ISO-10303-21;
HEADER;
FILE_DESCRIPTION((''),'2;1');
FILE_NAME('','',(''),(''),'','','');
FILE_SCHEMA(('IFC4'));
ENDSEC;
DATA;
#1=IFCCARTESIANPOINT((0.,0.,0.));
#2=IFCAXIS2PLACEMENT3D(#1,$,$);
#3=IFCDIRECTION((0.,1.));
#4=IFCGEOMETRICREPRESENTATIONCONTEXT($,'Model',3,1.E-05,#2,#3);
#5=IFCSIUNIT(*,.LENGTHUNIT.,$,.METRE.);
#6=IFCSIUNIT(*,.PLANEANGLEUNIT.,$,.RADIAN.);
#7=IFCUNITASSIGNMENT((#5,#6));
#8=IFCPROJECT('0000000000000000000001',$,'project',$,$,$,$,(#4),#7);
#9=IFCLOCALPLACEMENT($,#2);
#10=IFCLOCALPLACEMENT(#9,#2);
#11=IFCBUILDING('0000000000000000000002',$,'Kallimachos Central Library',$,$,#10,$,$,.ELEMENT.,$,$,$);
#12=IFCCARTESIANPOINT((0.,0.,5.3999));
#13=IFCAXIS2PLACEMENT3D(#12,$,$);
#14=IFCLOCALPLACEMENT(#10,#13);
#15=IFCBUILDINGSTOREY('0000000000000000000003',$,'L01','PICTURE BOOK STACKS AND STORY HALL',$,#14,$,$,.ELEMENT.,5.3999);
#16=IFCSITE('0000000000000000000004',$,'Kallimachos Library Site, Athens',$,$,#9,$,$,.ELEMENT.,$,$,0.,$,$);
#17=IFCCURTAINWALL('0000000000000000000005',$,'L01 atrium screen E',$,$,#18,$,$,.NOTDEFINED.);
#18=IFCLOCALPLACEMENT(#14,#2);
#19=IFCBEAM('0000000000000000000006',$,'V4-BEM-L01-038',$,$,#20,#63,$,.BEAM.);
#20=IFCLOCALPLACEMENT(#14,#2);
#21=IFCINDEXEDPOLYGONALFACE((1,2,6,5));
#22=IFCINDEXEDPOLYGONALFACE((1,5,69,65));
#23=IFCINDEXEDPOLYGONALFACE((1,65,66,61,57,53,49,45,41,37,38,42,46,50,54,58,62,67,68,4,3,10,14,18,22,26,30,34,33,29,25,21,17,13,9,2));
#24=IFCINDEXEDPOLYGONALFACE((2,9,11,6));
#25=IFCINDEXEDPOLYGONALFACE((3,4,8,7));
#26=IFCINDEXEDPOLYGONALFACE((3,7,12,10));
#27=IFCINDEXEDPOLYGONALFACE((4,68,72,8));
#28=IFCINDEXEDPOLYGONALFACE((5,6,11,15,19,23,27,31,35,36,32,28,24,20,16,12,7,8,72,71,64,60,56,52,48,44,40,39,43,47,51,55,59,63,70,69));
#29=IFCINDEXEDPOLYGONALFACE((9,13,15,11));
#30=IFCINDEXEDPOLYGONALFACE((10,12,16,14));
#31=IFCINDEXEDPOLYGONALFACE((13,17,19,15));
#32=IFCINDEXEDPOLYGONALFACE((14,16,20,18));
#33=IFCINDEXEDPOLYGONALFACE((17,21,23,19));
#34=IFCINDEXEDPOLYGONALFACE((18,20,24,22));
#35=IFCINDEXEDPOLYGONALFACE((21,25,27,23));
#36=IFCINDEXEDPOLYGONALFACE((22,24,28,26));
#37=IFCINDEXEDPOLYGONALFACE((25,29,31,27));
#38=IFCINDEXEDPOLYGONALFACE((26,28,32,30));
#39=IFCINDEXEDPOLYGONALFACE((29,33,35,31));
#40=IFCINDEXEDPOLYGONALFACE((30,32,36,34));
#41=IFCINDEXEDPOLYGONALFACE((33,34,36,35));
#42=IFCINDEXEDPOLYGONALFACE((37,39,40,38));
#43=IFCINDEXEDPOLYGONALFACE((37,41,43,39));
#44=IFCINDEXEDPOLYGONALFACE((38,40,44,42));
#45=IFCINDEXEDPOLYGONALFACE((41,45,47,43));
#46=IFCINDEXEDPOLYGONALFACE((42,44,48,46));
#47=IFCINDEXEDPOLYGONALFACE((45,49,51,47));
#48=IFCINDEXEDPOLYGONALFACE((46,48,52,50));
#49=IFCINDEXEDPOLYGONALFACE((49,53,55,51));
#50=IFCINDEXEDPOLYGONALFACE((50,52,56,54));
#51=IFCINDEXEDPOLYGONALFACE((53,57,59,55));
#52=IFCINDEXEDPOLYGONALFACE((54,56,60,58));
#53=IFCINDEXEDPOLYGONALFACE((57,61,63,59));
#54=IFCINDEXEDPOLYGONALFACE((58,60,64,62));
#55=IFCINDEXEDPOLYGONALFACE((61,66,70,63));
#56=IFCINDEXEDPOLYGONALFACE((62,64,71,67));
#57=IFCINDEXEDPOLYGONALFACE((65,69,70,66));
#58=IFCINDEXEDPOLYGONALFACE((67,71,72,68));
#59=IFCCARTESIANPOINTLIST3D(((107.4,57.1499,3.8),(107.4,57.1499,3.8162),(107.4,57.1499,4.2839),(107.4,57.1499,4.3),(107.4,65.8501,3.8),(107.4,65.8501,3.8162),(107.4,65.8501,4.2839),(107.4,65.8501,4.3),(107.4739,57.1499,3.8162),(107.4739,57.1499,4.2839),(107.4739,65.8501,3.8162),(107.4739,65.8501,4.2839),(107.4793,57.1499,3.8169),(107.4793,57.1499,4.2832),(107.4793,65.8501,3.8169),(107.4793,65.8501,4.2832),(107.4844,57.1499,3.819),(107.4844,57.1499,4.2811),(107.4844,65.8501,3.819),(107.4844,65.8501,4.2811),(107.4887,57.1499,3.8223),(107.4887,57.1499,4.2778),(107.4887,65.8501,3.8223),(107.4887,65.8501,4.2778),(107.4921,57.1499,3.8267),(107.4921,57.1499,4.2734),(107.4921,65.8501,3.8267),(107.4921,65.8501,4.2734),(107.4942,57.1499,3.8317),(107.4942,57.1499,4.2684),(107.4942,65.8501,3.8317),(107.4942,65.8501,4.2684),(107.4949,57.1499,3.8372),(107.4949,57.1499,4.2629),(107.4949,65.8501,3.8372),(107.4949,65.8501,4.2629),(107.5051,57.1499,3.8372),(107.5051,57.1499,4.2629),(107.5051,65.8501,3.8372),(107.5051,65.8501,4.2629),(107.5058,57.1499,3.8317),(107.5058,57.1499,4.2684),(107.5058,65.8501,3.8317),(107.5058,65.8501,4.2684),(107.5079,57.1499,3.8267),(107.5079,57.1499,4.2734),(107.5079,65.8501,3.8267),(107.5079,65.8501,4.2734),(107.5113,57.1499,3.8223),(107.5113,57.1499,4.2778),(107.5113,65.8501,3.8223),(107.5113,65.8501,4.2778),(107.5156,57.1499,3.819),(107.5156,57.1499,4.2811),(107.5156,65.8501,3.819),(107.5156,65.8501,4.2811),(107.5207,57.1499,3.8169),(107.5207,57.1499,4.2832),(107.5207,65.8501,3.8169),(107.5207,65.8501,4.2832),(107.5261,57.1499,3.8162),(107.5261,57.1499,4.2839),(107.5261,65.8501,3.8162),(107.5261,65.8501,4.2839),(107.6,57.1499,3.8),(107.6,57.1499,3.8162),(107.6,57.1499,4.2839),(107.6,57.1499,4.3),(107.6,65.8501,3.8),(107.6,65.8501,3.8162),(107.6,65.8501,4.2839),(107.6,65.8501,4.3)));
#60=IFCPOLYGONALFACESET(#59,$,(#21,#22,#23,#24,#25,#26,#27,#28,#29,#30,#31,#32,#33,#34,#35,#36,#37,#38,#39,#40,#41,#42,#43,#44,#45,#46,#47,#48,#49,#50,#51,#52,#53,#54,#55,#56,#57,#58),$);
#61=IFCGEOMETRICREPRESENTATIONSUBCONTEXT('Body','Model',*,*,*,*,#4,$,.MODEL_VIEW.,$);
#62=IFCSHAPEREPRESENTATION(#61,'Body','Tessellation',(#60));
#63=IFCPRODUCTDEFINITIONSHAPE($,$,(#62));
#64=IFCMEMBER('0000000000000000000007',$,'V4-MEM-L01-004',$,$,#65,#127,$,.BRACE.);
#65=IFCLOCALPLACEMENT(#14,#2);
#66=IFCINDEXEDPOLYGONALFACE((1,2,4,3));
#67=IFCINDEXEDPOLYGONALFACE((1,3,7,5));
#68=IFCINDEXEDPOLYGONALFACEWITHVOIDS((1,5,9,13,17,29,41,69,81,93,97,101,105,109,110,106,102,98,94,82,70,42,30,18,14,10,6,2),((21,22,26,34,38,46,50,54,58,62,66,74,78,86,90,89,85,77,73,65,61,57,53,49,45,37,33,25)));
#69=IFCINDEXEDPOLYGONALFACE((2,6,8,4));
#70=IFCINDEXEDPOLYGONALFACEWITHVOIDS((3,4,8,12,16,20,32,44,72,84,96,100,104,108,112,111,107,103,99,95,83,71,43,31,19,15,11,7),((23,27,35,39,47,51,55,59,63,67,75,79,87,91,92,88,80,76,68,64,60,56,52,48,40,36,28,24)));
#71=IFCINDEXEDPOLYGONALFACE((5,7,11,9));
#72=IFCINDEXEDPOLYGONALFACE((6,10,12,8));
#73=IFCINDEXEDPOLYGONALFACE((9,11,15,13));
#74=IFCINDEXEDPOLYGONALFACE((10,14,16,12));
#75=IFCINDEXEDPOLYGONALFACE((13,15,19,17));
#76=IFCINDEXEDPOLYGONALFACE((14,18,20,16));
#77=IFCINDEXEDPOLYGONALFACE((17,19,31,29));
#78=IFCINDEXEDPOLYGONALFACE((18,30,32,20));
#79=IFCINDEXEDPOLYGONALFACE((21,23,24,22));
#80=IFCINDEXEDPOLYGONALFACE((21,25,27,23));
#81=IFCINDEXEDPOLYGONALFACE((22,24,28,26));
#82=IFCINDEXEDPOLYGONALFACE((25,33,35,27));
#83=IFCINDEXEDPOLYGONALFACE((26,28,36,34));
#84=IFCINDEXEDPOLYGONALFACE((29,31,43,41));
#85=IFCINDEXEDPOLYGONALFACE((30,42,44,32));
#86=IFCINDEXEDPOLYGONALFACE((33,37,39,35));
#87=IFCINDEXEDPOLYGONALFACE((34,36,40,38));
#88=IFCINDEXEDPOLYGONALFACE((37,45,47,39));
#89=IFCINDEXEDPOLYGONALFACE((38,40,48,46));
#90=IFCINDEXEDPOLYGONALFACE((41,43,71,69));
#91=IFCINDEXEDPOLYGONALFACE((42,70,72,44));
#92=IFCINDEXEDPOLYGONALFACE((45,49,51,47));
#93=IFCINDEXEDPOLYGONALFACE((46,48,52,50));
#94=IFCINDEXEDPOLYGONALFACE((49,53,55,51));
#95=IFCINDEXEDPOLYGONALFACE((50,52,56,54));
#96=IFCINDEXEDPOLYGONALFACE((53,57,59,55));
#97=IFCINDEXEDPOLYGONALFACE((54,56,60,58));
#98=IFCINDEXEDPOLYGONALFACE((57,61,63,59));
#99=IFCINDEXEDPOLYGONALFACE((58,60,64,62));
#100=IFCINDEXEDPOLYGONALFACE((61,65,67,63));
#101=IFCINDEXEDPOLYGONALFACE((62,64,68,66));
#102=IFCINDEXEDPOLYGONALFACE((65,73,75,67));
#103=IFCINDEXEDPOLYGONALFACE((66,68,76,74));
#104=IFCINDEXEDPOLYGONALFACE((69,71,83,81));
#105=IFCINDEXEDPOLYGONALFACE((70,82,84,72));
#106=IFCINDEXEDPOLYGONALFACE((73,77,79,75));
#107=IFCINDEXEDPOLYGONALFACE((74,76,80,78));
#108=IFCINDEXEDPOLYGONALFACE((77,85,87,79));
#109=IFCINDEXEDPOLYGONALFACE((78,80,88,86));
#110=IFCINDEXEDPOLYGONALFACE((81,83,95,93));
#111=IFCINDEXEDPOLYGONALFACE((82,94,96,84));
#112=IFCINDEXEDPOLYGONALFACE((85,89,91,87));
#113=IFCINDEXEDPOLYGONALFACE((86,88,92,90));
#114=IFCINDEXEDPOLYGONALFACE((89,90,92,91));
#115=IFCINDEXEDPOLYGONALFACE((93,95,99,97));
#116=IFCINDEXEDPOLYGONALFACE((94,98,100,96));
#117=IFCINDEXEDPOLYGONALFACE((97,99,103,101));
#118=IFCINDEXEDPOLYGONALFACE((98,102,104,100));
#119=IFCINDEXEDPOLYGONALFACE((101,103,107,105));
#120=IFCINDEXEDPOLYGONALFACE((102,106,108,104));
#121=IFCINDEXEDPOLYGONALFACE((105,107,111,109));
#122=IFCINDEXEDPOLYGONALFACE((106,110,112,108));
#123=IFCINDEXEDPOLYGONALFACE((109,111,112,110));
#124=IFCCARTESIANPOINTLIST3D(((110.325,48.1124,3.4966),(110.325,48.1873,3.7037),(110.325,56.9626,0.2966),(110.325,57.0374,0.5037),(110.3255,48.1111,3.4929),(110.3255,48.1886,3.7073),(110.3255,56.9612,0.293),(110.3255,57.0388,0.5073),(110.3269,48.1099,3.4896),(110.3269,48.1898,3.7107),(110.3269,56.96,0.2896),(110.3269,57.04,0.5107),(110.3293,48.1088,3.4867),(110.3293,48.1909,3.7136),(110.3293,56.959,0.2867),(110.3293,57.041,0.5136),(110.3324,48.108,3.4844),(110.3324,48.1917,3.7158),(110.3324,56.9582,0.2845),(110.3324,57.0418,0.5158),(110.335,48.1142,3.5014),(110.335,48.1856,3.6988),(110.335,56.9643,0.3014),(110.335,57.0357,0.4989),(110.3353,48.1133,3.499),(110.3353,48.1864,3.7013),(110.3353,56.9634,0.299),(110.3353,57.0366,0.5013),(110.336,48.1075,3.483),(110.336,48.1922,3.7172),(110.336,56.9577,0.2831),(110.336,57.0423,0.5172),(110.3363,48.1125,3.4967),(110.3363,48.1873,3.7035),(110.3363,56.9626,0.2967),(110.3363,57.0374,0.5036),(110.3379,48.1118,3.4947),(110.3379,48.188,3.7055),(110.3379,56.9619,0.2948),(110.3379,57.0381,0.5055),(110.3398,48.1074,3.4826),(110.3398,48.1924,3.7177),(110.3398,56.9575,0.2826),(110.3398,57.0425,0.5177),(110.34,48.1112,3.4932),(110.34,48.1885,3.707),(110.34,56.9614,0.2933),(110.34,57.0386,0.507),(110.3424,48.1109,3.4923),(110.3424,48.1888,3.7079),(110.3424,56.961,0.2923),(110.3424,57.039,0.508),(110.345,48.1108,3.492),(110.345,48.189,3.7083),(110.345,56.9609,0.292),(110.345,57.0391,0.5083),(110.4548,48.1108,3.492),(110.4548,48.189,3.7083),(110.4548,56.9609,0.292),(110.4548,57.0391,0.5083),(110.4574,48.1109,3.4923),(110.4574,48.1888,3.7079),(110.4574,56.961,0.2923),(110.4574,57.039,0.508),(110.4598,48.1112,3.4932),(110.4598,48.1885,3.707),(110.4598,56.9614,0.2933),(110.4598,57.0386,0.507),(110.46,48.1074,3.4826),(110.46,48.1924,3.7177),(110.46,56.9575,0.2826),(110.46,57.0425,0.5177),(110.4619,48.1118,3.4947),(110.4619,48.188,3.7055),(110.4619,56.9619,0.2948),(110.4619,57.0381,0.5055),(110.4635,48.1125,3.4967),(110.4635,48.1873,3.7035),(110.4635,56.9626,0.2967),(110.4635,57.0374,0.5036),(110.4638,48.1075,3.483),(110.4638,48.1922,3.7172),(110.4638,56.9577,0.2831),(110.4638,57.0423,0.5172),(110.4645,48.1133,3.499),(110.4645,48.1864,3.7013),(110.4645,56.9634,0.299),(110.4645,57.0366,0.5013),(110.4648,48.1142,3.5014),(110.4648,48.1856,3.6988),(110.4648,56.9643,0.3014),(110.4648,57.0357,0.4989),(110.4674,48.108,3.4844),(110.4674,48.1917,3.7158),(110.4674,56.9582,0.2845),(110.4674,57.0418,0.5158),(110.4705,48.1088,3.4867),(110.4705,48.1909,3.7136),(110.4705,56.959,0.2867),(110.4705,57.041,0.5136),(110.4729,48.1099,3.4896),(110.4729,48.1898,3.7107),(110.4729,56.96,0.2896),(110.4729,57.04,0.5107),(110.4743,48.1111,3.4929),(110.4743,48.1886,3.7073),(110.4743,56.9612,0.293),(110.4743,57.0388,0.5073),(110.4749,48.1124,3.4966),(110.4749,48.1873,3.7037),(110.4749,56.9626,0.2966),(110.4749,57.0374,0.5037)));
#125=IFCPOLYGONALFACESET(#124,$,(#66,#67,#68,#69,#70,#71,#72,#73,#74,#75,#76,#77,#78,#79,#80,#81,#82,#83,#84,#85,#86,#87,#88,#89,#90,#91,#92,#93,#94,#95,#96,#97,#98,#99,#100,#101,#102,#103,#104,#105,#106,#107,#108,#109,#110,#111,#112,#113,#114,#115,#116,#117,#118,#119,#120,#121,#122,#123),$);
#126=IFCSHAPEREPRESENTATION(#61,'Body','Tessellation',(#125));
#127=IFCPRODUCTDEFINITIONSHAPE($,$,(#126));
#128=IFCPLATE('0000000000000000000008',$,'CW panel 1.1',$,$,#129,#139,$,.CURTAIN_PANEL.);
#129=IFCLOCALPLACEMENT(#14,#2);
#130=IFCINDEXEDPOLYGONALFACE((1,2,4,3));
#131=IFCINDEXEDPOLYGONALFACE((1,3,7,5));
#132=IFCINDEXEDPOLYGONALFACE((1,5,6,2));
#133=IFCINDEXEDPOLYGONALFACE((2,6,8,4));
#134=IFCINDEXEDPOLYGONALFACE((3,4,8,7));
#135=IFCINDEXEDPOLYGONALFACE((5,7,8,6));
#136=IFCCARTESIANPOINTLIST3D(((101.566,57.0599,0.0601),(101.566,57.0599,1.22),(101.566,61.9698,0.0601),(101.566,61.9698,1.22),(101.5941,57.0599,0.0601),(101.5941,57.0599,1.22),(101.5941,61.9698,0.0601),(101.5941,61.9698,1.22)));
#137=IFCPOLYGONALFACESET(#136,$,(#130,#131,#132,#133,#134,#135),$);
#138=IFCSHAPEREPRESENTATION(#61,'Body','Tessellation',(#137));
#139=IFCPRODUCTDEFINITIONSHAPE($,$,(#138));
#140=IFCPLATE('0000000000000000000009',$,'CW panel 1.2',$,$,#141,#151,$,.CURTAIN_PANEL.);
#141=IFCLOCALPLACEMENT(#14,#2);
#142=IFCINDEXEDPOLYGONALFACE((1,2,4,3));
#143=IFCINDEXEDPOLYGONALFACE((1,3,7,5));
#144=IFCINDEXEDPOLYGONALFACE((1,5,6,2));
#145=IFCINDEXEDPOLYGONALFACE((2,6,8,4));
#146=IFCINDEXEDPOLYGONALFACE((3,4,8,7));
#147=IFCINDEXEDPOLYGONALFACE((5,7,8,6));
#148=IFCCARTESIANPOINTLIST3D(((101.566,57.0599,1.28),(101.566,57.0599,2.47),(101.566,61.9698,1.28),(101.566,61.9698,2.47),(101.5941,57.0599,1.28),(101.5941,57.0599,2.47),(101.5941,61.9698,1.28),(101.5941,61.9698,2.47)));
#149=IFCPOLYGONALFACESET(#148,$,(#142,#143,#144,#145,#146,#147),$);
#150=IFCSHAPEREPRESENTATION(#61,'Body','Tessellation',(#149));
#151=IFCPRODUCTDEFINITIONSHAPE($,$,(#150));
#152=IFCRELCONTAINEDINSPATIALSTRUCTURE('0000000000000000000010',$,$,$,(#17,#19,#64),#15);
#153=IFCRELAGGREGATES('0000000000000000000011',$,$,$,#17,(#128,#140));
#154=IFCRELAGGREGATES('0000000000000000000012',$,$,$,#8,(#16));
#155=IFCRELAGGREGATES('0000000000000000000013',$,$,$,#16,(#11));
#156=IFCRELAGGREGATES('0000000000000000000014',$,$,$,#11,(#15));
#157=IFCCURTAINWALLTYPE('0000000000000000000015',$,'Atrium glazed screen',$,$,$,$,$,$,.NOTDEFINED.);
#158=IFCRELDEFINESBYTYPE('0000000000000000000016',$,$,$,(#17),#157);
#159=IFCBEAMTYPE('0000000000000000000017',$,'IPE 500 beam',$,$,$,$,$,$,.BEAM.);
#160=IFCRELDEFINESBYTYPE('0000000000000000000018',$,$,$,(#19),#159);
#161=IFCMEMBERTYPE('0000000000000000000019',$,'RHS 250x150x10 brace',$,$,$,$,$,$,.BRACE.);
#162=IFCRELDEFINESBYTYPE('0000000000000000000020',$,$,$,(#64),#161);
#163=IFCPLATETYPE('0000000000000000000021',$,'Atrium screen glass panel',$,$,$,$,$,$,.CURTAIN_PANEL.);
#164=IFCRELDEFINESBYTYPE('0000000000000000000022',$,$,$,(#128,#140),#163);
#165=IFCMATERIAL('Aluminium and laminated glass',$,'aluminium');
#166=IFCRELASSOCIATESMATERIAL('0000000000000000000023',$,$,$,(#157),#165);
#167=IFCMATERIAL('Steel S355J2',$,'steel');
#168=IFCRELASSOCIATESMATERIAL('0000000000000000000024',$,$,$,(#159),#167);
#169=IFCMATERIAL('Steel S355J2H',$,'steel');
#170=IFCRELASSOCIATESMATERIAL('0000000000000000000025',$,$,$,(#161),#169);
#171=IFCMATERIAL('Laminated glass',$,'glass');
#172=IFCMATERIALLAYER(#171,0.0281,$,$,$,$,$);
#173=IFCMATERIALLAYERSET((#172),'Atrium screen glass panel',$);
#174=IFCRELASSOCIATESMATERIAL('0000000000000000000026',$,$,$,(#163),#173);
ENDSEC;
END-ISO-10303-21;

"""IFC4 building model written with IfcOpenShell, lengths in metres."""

from ifc_helpers import new_model, si_unit, direction, frame, origin, origin_2d, place, context, subcontext, project, spatial, rectangle, hollow_rectangle, i_section, extrude, material, layer, layer_set, material_profile, profile_set, type_object, element, aggregate, save


model = new_model("IFC4")

# Units and contexts
model_context = context("Model", 3, precision=1e-05, world=origin(), true_north=direction((0.0, 1.0)))
body_context = subcontext(model_context, "Body", "Model", "MODEL_VIEW")
ifc_project = project(units=[si_unit("LENGTHUNIT", "METRE"), si_unit("PLANEANGLEUNIT", "RADIAN")], contexts=[model_context])

# Site, building, storey
site_placement = place(None, origin())
site = spatial("IfcSite", under=ifc_project, at=site_placement, Name="Kallimachos Library Site, Athens", CompositionType="ELEMENT", RefElevation=0.0)
building_placement = place(site_placement, origin())
building = spatial("IfcBuilding", under=site, at=building_placement, Name="Kallimachos Central Library", CompositionType="ELEMENT")
storey_placement = place(building_placement, frame((0.0, 0.0, 5.3999)))
storey = spatial("IfcBuildingStorey", under=building, at=storey_placement, Name="L01", Description="PICTURE BOOK STACKS AND STORY HALL", CompositionType="ELEMENT", Elevation=5.3999)

# Curtain wall
ifc_material_1 = material(Name="Aluminium and laminated glass", Category="aluminium")
curtain_wall_type = type_object("IfcCurtainWallType", Name="Atrium glazed screen", PredefinedType="NOTDEFINED", material=ifc_material_1)
curtain_wall_placement = place(storey_placement, origin())
curtain_wall = element("IfcCurtainWall", 1, at=curtain_wall_placement, inside=storey, type_object=curtain_wall_type, Name="L01 atrium screen E", PredefinedType="NOTDEFINED")

# Beam
ifc_material_2 = material(Name="Steel S355J2", Category="steel")
ifc_material_profile_1 = material_profile(ifc_material_2, i_section(OverallWidth=0.2, OverallDepth=0.5, WebThickness=0.0103, FlangeThickness=0.0161, FilletRadius=0.021, at=origin_2d()), Name="IPE 500")
ifc_profile_set_1 = profile_set([ifc_material_profile_1], Name="Steel S355J2")
beam_type_1 = type_object("IfcBeamType", Name="IPE 500 beam", PredefinedType="BEAM", material=ifc_profile_set_1)
for number, where, z_axis, x_axis, name in (
    (2, (107.5, 57.1499, 4.05), (0.0, 1.0, 0.0), (-1.0, 0.0, 0.0), "V4-BEM-L01-038"),
):
    element("IfcBeam", number, at=place(storey_placement, frame(where, z_axis=z_axis, x_axis=x_axis)), inside=storey, type_object=beam_type_1, Name=name, PredefinedType="BEAM", context=body_context, shape_type="SweptSolid", body=[
        extrude(i_section(OverallWidth=0.2, OverallDepth=0.5, WebThickness=0.0103, FlangeThickness=0.0161, FilletRadius=0.021, at=origin_2d()), origin(), (0.0, 0.0, 1.0), 8.7002),
    ])

# Member
ifc_material_3 = material(Name="Steel S355J2H", Category="steel")
ifc_material_profile_2 = material_profile(ifc_material_3, hollow_rectangle(XDim=0.1499, YDim=0.25, WallThickness=0.01, InnerFilletRadius=0.01, OuterFilletRadius=0.0149, at=origin_2d()), Name="RHS 250x150x10")
ifc_profile_set_2 = profile_set([ifc_material_profile_2], Name="Steel S355J2H")
member_type_1 = type_object("IfcMemberType", Name="RHS 250x150x10 brace", PredefinedType="BRACE", material=ifc_profile_set_2)
member_1_placement = place(storey_placement, frame((110.3999, 57.0, 0.4001), z_axis=(0.0, -0.940415, 0.340028), x_axis=(1.0, 0.0, 0.0)))
element("IfcMember", 3, at=member_1_placement, inside=storey, type_object=member_type_1, Name="V4-MEM-L01-004", PredefinedType="BRACE", context=body_context, shape_type="SweptSolid", body=[
    extrude(hollow_rectangle(XDim=0.1499, YDim=0.25, WallThickness=0.01, InnerFilletRadius=0.01, OuterFilletRadius=0.0149, at=origin_2d()), origin(), (0.0, 0.0, 1.0), 9.4109),
])

# Plates
ifc_material_4 = material(Name="Laminated glass", Category="glass")
ifc_layer_1 = layer(ifc_material_4, 0.0281)
ifc_layer_set_1 = layer_set([ifc_layer_1], Name="Atrium screen glass panel")
plate_type = type_object("IfcPlateType", Name="Atrium screen glass panel", PredefinedType="CURTAIN_PANEL", material=ifc_layer_set_1)
plate_1_placement = place(storey_placement, frame((101.5801, 59.5149, 0.0601), z_axis=(0.0, 0.0, 1.0), x_axis=(0.0, 1.0, 0.0)))
plate_1 = element("IfcPlate", 4, at=plate_1_placement, type_object=plate_type, Name="CW panel 1.1", PredefinedType="CURTAIN_PANEL", context=body_context, shape_type="SweptSolid", body=[
    extrude(rectangle(XDim=4.9099, YDim=0.0281, at=origin_2d()), origin(), (0.0, 0.0, 1.0), 1.1599),
])
plate_2_placement = place(storey_placement, frame((101.5801, 59.5149, 1.28), z_axis=(0.0, 0.0, 1.0), x_axis=(0.0, 1.0, 0.0)))
plate_2 = element("IfcPlate", 5, at=plate_2_placement, type_object=plate_type, Name="CW panel 1.2", PredefinedType="CURTAIN_PANEL", context=body_context, shape_type="SweptSolid", body=[
    extrude(rectangle(XDim=4.9099, YDim=0.0281, at=origin_2d()), origin(), (0.0, 0.0, 1.0), 1.1899),
])
aggregate(curtain_wall, [plate_1, plate_2])

save(model, "model.ifc")
